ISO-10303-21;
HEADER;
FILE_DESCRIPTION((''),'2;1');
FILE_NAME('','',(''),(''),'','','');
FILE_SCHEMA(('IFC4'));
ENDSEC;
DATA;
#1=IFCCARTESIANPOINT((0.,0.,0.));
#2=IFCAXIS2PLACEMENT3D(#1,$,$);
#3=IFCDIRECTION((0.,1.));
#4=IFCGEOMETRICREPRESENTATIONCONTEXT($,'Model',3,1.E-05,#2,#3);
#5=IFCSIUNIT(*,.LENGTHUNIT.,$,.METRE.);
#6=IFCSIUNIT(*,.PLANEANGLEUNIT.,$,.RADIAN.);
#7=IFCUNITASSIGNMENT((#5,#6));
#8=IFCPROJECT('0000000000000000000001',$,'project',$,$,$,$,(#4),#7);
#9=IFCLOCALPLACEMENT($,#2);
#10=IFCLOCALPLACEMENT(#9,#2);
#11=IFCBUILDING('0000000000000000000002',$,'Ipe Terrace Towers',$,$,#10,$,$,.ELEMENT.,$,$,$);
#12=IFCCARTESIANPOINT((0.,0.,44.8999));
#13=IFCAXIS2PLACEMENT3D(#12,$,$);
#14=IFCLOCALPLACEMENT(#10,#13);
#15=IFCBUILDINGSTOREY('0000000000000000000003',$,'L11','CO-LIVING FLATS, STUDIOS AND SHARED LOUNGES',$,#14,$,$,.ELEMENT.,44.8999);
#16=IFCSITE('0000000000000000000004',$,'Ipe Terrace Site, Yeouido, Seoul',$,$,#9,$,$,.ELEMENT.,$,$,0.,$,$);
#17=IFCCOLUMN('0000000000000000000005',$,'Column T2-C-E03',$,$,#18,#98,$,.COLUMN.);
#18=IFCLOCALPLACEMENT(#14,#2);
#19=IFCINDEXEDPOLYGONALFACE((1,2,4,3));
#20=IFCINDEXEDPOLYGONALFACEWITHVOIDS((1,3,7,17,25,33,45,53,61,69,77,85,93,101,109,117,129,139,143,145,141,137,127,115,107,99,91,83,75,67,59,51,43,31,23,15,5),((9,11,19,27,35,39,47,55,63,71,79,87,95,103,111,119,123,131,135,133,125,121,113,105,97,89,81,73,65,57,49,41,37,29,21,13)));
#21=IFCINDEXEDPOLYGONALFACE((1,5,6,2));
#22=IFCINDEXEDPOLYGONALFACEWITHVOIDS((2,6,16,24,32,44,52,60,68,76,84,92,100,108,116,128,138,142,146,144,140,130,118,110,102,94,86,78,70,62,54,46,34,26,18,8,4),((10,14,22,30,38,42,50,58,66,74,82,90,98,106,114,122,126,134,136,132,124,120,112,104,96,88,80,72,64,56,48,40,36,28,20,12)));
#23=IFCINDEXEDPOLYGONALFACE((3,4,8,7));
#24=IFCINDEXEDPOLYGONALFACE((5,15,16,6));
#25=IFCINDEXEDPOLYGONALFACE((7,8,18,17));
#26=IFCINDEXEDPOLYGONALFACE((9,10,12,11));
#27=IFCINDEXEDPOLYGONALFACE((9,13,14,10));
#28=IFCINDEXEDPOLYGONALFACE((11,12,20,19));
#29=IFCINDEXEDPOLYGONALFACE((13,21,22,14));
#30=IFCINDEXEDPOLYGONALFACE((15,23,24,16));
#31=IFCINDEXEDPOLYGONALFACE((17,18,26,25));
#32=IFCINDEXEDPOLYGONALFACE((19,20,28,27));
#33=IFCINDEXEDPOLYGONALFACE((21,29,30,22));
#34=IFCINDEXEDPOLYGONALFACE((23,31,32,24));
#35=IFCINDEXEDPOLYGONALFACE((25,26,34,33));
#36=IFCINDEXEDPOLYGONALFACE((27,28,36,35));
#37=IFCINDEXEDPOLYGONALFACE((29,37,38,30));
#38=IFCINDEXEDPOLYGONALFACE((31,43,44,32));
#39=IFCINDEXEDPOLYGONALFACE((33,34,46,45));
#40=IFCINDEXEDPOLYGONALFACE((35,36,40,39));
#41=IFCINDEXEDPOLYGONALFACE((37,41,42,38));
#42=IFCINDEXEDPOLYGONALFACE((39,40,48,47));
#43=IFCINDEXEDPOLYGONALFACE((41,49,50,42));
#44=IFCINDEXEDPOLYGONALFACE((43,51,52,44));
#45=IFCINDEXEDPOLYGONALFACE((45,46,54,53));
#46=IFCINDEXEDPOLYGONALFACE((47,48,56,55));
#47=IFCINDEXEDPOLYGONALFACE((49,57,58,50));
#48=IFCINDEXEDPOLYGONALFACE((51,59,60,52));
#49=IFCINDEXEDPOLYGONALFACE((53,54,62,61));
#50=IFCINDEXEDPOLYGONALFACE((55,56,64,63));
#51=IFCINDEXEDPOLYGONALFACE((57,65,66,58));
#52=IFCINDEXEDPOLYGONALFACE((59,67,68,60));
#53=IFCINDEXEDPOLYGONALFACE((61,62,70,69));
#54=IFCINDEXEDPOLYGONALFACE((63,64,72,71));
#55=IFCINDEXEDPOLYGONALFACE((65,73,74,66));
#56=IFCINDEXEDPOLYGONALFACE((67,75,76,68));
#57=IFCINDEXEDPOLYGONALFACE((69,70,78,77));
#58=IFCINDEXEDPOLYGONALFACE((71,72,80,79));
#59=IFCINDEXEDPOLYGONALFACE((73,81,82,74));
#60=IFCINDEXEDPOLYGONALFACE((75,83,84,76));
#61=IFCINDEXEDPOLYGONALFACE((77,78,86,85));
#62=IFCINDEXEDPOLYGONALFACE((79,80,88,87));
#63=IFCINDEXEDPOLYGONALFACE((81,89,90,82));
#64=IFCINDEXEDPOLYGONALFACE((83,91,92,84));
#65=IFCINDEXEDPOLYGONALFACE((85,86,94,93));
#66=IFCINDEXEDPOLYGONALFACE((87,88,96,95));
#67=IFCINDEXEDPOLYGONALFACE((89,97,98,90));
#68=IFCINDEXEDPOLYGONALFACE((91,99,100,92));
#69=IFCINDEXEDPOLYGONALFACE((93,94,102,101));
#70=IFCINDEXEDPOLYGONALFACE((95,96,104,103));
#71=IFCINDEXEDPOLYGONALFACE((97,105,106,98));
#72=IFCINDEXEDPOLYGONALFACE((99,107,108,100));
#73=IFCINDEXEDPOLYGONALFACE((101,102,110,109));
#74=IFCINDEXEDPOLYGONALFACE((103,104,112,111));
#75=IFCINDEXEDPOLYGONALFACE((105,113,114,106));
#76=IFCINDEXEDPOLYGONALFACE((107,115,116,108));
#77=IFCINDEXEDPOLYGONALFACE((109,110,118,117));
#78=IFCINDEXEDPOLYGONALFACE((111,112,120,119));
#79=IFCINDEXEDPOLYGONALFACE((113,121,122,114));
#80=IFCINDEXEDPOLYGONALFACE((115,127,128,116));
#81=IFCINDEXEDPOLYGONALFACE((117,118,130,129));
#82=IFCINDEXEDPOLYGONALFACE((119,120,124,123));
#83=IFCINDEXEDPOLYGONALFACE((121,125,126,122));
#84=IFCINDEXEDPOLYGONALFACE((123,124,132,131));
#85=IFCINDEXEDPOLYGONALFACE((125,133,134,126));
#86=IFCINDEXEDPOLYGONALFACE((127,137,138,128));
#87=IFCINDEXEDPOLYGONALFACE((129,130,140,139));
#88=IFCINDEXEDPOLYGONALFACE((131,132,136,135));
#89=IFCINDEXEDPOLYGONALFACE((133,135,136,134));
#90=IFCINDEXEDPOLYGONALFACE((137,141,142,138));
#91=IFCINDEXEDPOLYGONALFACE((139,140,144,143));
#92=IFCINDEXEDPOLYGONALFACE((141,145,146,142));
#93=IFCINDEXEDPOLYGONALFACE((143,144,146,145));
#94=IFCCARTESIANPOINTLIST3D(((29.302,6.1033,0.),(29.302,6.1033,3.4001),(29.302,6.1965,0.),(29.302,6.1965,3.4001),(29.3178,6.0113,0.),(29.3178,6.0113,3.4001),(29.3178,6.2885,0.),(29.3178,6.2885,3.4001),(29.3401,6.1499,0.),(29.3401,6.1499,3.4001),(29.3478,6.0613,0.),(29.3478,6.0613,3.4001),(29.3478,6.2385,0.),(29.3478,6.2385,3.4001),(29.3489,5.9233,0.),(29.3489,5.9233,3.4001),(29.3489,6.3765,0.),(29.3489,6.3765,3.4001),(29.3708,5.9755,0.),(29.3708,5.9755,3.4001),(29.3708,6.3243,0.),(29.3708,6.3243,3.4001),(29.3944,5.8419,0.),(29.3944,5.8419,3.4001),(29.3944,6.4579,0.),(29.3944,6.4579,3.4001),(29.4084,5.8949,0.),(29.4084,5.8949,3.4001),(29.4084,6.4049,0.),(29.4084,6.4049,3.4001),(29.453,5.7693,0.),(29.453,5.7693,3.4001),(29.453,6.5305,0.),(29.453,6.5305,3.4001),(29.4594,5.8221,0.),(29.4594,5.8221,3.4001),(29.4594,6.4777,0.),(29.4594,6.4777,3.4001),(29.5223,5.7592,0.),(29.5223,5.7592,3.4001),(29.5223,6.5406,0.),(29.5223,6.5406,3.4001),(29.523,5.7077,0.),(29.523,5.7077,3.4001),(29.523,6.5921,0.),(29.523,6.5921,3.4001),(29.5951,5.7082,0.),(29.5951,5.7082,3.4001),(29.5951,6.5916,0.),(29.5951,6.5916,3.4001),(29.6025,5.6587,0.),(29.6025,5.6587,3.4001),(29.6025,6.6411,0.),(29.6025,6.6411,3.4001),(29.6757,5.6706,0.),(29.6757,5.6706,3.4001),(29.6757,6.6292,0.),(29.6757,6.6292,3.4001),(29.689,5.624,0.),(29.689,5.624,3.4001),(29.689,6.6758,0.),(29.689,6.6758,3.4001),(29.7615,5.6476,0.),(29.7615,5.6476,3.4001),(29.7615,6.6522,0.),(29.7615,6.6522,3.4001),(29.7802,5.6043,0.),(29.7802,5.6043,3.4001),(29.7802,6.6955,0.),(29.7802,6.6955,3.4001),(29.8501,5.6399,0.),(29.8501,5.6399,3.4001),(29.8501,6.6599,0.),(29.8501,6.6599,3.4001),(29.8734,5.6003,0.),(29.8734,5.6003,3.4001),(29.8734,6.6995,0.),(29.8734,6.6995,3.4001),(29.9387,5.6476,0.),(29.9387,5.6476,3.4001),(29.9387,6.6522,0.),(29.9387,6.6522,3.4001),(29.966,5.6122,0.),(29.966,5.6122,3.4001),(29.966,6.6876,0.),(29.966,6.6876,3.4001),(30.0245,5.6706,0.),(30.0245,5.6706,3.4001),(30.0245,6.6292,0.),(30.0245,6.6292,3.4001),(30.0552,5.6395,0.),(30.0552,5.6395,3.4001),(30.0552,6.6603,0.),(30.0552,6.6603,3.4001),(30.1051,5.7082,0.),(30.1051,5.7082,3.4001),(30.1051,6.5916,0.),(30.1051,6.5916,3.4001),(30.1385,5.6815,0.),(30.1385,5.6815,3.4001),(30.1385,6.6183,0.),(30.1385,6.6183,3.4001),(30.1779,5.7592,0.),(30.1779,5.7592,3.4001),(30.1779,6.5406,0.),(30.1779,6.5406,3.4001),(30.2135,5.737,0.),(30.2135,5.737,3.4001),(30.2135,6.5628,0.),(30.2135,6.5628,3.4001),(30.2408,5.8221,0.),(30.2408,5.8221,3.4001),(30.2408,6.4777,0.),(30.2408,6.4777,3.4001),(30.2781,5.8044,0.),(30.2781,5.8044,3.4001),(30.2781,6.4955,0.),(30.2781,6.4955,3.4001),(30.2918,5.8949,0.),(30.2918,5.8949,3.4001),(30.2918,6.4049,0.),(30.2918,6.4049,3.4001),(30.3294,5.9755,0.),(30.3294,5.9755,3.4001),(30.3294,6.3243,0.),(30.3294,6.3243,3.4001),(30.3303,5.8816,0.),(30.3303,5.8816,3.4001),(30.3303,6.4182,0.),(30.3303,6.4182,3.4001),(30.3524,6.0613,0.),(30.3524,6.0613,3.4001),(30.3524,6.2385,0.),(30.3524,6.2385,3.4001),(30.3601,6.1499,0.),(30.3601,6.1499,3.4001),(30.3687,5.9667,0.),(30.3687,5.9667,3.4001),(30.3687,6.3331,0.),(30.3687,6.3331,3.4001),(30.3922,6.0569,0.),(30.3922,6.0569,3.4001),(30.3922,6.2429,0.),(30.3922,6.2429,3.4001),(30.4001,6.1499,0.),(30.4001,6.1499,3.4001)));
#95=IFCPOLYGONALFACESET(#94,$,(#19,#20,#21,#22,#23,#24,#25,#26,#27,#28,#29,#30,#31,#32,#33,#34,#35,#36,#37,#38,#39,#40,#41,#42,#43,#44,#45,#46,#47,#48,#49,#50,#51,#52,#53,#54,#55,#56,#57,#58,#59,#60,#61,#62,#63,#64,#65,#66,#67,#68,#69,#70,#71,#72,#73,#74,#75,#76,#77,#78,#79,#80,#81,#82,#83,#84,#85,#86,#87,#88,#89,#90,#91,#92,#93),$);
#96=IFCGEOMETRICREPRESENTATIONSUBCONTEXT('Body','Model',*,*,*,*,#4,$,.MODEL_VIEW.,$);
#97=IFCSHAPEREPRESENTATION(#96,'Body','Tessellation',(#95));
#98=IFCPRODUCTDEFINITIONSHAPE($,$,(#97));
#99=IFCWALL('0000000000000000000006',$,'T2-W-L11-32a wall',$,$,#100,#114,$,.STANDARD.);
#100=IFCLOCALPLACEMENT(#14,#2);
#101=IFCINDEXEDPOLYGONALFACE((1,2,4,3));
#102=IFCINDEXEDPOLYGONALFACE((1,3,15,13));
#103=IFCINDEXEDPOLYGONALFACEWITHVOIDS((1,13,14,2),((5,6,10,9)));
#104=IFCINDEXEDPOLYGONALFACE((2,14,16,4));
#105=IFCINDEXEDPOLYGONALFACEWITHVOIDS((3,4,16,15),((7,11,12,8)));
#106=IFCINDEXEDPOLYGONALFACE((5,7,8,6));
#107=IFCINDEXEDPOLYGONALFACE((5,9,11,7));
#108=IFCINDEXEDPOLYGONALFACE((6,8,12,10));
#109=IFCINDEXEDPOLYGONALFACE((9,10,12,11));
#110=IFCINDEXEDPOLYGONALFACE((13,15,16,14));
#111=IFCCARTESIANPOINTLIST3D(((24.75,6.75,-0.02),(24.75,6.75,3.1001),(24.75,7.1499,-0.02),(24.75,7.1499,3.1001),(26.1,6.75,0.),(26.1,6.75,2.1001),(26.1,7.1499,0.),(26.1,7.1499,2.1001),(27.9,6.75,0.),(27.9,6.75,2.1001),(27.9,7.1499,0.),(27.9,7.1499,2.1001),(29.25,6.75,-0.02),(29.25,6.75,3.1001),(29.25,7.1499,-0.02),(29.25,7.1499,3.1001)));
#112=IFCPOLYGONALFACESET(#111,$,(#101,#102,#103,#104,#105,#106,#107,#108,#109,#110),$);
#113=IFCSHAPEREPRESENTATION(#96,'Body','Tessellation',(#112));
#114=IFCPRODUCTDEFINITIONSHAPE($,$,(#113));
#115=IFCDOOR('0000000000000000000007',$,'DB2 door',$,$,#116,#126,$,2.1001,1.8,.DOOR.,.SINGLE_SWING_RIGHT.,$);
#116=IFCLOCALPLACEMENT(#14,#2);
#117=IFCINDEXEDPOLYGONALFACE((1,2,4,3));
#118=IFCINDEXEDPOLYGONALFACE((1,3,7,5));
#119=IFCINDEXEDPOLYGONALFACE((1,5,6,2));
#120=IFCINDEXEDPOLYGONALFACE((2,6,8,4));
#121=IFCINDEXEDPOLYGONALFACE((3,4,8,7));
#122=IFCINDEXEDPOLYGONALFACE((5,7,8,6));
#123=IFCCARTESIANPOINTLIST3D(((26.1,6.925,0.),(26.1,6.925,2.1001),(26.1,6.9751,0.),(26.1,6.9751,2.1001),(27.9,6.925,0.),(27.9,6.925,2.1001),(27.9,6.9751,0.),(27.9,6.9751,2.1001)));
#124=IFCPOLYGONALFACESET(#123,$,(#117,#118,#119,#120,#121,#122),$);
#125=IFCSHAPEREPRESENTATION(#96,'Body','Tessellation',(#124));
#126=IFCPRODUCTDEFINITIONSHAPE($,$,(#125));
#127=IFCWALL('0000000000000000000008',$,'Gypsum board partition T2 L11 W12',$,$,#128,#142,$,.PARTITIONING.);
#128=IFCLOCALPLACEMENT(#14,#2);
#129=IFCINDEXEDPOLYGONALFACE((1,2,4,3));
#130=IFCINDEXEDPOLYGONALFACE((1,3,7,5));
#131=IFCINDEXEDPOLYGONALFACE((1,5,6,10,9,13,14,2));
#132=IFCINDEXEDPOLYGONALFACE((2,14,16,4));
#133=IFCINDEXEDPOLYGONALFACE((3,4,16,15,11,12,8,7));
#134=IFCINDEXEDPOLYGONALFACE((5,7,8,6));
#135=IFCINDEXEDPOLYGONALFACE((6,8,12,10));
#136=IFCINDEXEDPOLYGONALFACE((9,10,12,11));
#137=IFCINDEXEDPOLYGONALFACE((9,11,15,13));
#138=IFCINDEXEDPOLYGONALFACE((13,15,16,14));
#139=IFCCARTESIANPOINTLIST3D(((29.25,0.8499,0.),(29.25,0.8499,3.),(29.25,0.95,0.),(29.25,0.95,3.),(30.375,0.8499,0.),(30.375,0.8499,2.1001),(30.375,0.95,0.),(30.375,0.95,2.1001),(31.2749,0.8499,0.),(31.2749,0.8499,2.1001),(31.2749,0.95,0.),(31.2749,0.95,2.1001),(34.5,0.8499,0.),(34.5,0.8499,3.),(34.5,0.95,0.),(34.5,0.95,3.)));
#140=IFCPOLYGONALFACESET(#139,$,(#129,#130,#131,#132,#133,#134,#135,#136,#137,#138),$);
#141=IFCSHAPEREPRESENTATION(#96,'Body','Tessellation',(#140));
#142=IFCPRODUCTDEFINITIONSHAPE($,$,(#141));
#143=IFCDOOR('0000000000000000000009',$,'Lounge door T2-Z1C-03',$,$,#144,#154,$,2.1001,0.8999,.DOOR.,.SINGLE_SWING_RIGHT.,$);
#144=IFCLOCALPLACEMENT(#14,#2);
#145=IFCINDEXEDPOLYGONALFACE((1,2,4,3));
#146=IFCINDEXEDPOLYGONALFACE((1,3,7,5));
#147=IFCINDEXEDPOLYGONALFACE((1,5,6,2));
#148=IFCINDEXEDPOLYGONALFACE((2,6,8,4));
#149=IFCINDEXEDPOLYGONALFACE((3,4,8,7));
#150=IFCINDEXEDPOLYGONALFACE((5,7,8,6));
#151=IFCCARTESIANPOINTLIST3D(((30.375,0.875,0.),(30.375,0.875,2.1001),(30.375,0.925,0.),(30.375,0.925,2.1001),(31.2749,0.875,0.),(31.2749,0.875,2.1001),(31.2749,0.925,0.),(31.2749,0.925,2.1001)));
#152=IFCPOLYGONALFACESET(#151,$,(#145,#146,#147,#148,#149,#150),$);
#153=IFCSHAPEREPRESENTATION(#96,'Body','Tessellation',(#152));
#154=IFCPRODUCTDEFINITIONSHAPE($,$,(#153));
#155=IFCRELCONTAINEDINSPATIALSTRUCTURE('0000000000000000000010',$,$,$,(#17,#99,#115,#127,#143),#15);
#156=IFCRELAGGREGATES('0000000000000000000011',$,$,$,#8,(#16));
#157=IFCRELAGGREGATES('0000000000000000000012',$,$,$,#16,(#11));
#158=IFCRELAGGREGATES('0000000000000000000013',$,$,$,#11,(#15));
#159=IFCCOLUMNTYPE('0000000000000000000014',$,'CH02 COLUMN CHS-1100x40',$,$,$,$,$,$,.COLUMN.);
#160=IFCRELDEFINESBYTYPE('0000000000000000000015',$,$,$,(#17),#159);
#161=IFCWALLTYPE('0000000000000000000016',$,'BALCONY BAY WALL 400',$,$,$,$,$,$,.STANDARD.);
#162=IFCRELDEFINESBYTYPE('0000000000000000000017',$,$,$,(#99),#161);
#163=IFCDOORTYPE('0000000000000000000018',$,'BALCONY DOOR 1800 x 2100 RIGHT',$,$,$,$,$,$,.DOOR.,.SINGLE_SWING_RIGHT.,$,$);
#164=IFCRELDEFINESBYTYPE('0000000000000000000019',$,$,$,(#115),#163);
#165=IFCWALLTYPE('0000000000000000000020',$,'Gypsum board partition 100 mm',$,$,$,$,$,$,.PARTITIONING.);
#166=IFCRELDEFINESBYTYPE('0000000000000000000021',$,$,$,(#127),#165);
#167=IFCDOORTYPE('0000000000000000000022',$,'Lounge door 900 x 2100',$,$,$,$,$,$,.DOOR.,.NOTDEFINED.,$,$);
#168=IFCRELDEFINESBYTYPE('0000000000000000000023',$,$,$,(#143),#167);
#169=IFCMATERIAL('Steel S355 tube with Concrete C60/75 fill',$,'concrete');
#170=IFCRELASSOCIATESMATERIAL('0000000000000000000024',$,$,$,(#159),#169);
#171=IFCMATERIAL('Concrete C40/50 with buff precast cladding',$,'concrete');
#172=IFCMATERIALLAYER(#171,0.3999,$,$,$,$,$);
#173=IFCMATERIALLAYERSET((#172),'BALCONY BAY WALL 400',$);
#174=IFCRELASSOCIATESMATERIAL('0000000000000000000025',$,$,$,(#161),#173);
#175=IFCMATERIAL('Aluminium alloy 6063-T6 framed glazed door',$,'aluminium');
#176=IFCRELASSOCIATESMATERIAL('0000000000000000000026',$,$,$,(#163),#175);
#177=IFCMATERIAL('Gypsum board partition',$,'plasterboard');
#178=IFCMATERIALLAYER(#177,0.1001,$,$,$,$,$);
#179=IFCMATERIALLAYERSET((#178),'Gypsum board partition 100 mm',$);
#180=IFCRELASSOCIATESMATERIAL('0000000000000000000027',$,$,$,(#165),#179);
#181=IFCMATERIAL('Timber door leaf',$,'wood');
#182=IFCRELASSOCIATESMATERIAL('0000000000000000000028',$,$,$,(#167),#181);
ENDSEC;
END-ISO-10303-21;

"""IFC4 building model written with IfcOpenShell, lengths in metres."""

from ifc_helpers import new_model, si_unit, direction, frame, frame_2d, origin, origin_2d, place, context, subcontext, project, spatial, rectangle, hollow_circle, extrude, material, layer, layer_set, material_profile, profile_set, type_object, element, fill, save


model = new_model("IFC4")

# Units and contexts
model_context = context("Model", 3, precision=1e-05, world=origin(), true_north=direction((0.0, 1.0)))
body_context = subcontext(model_context, "Body", "Model", "MODEL_VIEW")
ifc_project = project(units=[si_unit("LENGTHUNIT", "METRE"), si_unit("PLANEANGLEUNIT", "RADIAN")], contexts=[model_context])

# Site, building, storey
site_placement = place(None, origin())
site = spatial("IfcSite", under=ifc_project, at=site_placement, Name="Ipe Terrace Site, Yeouido, Seoul", CompositionType="ELEMENT", RefElevation=0.0)
building_placement = place(site_placement, origin())
building = spatial("IfcBuilding", under=site, at=building_placement, Name="Ipe Terrace Towers", CompositionType="ELEMENT")
storey_placement = place(building_placement, frame((0.0, 0.0, 44.8999)))
storey = spatial("IfcBuildingStorey", under=building, at=storey_placement, Name="L11", Description="CO-LIVING FLATS, STUDIOS AND SHARED LOUNGES", CompositionType="ELEMENT", Elevation=44.8999)

# Column
ifc_material_1 = material(Name="Steel S355 tube with Concrete C60/75 fill", Category="concrete")
ifc_material_profile = material_profile(ifc_material_1, hollow_circle(Radius=0.55, WallThickness=0.04, at=origin_2d()), Name="CHS-1100x40")
ifc_profile_set = profile_set([ifc_material_profile], Name="Steel S355 tube with Concrete C60/75 fill")
column_type = type_object("IfcColumnType", Name="CH02 COLUMN CHS-1100x40", PredefinedType="COLUMN", material=ifc_profile_set)
column_placement = place(storey_placement, frame((29.8501, 6.1499, 0.0), z_axis=(0.0, 0.0, 1.0), x_axis=(1.0, 0.0, 0.0)))
element("IfcColumn", 1, at=column_placement, inside=storey, type_object=column_type, Name="Column T2-C-E03", PredefinedType="COLUMN", context=body_context, shape_type="SweptSolid", body=[
    extrude(hollow_circle(Radius=0.55, WallThickness=0.04, at=origin_2d()), origin(), (0.0, 0.0, 1.0), 3.4001),
])

# Walls, openings, doors
ifc_material_2 = material(Name="Concrete C40/50 with buff precast cladding", Category="concrete")
ifc_layer_1 = layer(ifc_material_2, 0.3999)
ifc_layer_set_1 = layer_set([ifc_layer_1], Name="BALCONY BAY WALL 400")
wall_type_1 = type_object("IfcWallType", Name="BALCONY BAY WALL 400", PredefinedType="STANDARD", material=ifc_layer_set_1)
wall_1_placement = place(storey_placement, frame((29.25, 6.95, -0.02), z_axis=(0.0, 0.0, 1.0), x_axis=(-1.0, 0.0, 0.0)))
wall_1 = element("IfcWall", 2, at=wall_1_placement, inside=storey, type_object=wall_type_1, Name="T2-W-L11-32a wall", PredefinedType="STANDARD", context=body_context, shape_type="SweptSolid", body=[
    extrude(rectangle(XDim=4.5, YDim=0.3999, at=frame_2d((2.25, 0.0))), origin(), (0.0, 0.0, 1.0), 3.1201),
])
opening_1_placement = place(wall_1_placement, frame((1.3501, 0.0, 0.02)))
opening_1 = element("IfcOpeningElement", 3, at=opening_1_placement, cuts=wall_1, PredefinedType="OPENING", context=body_context, shape_type="SweptSolid", body=[
    extrude(rectangle(XDim=1.8, YDim=2.1001, at=frame_2d((0.8999, 1.05))), frame((0.0, 0.21, 0.0), z_axis=(0.0, -1.0, 0.0), x_axis=(1.0, 0.0, 0.0)), (0.0, 0.0, 1.0), 0.4199),
])
ifc_material_3 = material(Name="Aluminium alloy 6063-T6 framed glazed door", Category="aluminium")
door_type_1 = type_object("IfcDoorType", Name="BALCONY DOOR 1800 x 2100 RIGHT", OperationType="SINGLE_SWING_RIGHT", PredefinedType="DOOR", material=ifc_material_3)
door_1_placement = place(opening_1_placement, origin())
door_1 = element("IfcDoor", 4, at=door_1_placement, inside=storey, type_object=door_type_1, Name="DB2 door", OperationType="SINGLE_SWING_RIGHT", OverallHeight=2.1001, OverallWidth=1.8, PredefinedType="DOOR", context=body_context, shape_type="SweptSolid", body=[
    extrude(rectangle(XDim=1.8, YDim=2.1001, at=frame_2d((0.8999, 1.05))), frame((0.0, 0.0249, 0.0), z_axis=(0.0, -1.0, 0.0), x_axis=(1.0, 0.0, 0.0)), (0.0, 0.0, 1.0), 0.05),
])
fill(opening_1, door_1)
ifc_material_4 = material(Name="Gypsum board partition", Category="plasterboard")
ifc_layer_2 = layer(ifc_material_4, 0.1001)
ifc_layer_set_2 = layer_set([ifc_layer_2], Name="Gypsum board partition 100 mm")
wall_type_2 = type_object("IfcWallType", Name="Gypsum board partition 100 mm", PredefinedType="PARTITIONING", material=ifc_layer_set_2)
wall_2_placement = place(storey_placement, frame((34.5, 0.8999, 0.0), z_axis=(0.0, 0.0, 1.0), x_axis=(-1.0, 0.0, 0.0)))
wall_2 = element("IfcWall", 5, at=wall_2_placement, inside=storey, type_object=wall_type_2, Name="Gypsum board partition T2 L11 W12", PredefinedType="PARTITIONING", context=body_context, shape_type="SweptSolid", body=[
    extrude(rectangle(XDim=5.25, YDim=0.1001, at=frame_2d((2.625, 0.0))), origin(), (0.0, 0.0, 1.0), 3.0),
])
opening_2_placement = place(wall_2_placement, frame((3.2251, 0.0, 0.0)))
opening_2 = element("IfcOpeningElement", 6, at=opening_2_placement, cuts=wall_2, PredefinedType="OPENING", context=body_context, shape_type="SweptSolid", body=[
    extrude(rectangle(XDim=0.8999, YDim=2.1001, at=frame_2d((0.45, 1.05))), frame((0.0, 0.0601, 0.0), z_axis=(0.0, -1.0, 0.0), x_axis=(1.0, 0.0, 0.0)), (0.0, 0.0, 1.0), 0.1201),
])
ifc_material_5 = material(Name="Timber door leaf", Category="wood")
door_type_2 = type_object("IfcDoorType", Name="Lounge door 900 x 2100", OperationType="NOTDEFINED", PredefinedType="DOOR", material=ifc_material_5)
door_2_placement = place(opening_2_placement, origin())
door_2 = element("IfcDoor", 7, at=door_2_placement, inside=storey, type_object=door_type_2, Name="Lounge door T2-Z1C-03", OperationType="SINGLE_SWING_RIGHT", OverallHeight=2.1001, OverallWidth=0.8999, PredefinedType="DOOR", context=body_context, shape_type="SweptSolid", body=[
    extrude(rectangle(XDim=0.8999, YDim=2.1001, at=frame_2d((0.45, 1.05))), frame((0.0, 0.0249, 0.0), z_axis=(0.0, -1.0, 0.0), x_axis=(1.0, 0.0, 0.0)), (0.0, 0.0, 1.0), 0.05),
])
fill(opening_2, door_2)

save(model, "model.ifc")
